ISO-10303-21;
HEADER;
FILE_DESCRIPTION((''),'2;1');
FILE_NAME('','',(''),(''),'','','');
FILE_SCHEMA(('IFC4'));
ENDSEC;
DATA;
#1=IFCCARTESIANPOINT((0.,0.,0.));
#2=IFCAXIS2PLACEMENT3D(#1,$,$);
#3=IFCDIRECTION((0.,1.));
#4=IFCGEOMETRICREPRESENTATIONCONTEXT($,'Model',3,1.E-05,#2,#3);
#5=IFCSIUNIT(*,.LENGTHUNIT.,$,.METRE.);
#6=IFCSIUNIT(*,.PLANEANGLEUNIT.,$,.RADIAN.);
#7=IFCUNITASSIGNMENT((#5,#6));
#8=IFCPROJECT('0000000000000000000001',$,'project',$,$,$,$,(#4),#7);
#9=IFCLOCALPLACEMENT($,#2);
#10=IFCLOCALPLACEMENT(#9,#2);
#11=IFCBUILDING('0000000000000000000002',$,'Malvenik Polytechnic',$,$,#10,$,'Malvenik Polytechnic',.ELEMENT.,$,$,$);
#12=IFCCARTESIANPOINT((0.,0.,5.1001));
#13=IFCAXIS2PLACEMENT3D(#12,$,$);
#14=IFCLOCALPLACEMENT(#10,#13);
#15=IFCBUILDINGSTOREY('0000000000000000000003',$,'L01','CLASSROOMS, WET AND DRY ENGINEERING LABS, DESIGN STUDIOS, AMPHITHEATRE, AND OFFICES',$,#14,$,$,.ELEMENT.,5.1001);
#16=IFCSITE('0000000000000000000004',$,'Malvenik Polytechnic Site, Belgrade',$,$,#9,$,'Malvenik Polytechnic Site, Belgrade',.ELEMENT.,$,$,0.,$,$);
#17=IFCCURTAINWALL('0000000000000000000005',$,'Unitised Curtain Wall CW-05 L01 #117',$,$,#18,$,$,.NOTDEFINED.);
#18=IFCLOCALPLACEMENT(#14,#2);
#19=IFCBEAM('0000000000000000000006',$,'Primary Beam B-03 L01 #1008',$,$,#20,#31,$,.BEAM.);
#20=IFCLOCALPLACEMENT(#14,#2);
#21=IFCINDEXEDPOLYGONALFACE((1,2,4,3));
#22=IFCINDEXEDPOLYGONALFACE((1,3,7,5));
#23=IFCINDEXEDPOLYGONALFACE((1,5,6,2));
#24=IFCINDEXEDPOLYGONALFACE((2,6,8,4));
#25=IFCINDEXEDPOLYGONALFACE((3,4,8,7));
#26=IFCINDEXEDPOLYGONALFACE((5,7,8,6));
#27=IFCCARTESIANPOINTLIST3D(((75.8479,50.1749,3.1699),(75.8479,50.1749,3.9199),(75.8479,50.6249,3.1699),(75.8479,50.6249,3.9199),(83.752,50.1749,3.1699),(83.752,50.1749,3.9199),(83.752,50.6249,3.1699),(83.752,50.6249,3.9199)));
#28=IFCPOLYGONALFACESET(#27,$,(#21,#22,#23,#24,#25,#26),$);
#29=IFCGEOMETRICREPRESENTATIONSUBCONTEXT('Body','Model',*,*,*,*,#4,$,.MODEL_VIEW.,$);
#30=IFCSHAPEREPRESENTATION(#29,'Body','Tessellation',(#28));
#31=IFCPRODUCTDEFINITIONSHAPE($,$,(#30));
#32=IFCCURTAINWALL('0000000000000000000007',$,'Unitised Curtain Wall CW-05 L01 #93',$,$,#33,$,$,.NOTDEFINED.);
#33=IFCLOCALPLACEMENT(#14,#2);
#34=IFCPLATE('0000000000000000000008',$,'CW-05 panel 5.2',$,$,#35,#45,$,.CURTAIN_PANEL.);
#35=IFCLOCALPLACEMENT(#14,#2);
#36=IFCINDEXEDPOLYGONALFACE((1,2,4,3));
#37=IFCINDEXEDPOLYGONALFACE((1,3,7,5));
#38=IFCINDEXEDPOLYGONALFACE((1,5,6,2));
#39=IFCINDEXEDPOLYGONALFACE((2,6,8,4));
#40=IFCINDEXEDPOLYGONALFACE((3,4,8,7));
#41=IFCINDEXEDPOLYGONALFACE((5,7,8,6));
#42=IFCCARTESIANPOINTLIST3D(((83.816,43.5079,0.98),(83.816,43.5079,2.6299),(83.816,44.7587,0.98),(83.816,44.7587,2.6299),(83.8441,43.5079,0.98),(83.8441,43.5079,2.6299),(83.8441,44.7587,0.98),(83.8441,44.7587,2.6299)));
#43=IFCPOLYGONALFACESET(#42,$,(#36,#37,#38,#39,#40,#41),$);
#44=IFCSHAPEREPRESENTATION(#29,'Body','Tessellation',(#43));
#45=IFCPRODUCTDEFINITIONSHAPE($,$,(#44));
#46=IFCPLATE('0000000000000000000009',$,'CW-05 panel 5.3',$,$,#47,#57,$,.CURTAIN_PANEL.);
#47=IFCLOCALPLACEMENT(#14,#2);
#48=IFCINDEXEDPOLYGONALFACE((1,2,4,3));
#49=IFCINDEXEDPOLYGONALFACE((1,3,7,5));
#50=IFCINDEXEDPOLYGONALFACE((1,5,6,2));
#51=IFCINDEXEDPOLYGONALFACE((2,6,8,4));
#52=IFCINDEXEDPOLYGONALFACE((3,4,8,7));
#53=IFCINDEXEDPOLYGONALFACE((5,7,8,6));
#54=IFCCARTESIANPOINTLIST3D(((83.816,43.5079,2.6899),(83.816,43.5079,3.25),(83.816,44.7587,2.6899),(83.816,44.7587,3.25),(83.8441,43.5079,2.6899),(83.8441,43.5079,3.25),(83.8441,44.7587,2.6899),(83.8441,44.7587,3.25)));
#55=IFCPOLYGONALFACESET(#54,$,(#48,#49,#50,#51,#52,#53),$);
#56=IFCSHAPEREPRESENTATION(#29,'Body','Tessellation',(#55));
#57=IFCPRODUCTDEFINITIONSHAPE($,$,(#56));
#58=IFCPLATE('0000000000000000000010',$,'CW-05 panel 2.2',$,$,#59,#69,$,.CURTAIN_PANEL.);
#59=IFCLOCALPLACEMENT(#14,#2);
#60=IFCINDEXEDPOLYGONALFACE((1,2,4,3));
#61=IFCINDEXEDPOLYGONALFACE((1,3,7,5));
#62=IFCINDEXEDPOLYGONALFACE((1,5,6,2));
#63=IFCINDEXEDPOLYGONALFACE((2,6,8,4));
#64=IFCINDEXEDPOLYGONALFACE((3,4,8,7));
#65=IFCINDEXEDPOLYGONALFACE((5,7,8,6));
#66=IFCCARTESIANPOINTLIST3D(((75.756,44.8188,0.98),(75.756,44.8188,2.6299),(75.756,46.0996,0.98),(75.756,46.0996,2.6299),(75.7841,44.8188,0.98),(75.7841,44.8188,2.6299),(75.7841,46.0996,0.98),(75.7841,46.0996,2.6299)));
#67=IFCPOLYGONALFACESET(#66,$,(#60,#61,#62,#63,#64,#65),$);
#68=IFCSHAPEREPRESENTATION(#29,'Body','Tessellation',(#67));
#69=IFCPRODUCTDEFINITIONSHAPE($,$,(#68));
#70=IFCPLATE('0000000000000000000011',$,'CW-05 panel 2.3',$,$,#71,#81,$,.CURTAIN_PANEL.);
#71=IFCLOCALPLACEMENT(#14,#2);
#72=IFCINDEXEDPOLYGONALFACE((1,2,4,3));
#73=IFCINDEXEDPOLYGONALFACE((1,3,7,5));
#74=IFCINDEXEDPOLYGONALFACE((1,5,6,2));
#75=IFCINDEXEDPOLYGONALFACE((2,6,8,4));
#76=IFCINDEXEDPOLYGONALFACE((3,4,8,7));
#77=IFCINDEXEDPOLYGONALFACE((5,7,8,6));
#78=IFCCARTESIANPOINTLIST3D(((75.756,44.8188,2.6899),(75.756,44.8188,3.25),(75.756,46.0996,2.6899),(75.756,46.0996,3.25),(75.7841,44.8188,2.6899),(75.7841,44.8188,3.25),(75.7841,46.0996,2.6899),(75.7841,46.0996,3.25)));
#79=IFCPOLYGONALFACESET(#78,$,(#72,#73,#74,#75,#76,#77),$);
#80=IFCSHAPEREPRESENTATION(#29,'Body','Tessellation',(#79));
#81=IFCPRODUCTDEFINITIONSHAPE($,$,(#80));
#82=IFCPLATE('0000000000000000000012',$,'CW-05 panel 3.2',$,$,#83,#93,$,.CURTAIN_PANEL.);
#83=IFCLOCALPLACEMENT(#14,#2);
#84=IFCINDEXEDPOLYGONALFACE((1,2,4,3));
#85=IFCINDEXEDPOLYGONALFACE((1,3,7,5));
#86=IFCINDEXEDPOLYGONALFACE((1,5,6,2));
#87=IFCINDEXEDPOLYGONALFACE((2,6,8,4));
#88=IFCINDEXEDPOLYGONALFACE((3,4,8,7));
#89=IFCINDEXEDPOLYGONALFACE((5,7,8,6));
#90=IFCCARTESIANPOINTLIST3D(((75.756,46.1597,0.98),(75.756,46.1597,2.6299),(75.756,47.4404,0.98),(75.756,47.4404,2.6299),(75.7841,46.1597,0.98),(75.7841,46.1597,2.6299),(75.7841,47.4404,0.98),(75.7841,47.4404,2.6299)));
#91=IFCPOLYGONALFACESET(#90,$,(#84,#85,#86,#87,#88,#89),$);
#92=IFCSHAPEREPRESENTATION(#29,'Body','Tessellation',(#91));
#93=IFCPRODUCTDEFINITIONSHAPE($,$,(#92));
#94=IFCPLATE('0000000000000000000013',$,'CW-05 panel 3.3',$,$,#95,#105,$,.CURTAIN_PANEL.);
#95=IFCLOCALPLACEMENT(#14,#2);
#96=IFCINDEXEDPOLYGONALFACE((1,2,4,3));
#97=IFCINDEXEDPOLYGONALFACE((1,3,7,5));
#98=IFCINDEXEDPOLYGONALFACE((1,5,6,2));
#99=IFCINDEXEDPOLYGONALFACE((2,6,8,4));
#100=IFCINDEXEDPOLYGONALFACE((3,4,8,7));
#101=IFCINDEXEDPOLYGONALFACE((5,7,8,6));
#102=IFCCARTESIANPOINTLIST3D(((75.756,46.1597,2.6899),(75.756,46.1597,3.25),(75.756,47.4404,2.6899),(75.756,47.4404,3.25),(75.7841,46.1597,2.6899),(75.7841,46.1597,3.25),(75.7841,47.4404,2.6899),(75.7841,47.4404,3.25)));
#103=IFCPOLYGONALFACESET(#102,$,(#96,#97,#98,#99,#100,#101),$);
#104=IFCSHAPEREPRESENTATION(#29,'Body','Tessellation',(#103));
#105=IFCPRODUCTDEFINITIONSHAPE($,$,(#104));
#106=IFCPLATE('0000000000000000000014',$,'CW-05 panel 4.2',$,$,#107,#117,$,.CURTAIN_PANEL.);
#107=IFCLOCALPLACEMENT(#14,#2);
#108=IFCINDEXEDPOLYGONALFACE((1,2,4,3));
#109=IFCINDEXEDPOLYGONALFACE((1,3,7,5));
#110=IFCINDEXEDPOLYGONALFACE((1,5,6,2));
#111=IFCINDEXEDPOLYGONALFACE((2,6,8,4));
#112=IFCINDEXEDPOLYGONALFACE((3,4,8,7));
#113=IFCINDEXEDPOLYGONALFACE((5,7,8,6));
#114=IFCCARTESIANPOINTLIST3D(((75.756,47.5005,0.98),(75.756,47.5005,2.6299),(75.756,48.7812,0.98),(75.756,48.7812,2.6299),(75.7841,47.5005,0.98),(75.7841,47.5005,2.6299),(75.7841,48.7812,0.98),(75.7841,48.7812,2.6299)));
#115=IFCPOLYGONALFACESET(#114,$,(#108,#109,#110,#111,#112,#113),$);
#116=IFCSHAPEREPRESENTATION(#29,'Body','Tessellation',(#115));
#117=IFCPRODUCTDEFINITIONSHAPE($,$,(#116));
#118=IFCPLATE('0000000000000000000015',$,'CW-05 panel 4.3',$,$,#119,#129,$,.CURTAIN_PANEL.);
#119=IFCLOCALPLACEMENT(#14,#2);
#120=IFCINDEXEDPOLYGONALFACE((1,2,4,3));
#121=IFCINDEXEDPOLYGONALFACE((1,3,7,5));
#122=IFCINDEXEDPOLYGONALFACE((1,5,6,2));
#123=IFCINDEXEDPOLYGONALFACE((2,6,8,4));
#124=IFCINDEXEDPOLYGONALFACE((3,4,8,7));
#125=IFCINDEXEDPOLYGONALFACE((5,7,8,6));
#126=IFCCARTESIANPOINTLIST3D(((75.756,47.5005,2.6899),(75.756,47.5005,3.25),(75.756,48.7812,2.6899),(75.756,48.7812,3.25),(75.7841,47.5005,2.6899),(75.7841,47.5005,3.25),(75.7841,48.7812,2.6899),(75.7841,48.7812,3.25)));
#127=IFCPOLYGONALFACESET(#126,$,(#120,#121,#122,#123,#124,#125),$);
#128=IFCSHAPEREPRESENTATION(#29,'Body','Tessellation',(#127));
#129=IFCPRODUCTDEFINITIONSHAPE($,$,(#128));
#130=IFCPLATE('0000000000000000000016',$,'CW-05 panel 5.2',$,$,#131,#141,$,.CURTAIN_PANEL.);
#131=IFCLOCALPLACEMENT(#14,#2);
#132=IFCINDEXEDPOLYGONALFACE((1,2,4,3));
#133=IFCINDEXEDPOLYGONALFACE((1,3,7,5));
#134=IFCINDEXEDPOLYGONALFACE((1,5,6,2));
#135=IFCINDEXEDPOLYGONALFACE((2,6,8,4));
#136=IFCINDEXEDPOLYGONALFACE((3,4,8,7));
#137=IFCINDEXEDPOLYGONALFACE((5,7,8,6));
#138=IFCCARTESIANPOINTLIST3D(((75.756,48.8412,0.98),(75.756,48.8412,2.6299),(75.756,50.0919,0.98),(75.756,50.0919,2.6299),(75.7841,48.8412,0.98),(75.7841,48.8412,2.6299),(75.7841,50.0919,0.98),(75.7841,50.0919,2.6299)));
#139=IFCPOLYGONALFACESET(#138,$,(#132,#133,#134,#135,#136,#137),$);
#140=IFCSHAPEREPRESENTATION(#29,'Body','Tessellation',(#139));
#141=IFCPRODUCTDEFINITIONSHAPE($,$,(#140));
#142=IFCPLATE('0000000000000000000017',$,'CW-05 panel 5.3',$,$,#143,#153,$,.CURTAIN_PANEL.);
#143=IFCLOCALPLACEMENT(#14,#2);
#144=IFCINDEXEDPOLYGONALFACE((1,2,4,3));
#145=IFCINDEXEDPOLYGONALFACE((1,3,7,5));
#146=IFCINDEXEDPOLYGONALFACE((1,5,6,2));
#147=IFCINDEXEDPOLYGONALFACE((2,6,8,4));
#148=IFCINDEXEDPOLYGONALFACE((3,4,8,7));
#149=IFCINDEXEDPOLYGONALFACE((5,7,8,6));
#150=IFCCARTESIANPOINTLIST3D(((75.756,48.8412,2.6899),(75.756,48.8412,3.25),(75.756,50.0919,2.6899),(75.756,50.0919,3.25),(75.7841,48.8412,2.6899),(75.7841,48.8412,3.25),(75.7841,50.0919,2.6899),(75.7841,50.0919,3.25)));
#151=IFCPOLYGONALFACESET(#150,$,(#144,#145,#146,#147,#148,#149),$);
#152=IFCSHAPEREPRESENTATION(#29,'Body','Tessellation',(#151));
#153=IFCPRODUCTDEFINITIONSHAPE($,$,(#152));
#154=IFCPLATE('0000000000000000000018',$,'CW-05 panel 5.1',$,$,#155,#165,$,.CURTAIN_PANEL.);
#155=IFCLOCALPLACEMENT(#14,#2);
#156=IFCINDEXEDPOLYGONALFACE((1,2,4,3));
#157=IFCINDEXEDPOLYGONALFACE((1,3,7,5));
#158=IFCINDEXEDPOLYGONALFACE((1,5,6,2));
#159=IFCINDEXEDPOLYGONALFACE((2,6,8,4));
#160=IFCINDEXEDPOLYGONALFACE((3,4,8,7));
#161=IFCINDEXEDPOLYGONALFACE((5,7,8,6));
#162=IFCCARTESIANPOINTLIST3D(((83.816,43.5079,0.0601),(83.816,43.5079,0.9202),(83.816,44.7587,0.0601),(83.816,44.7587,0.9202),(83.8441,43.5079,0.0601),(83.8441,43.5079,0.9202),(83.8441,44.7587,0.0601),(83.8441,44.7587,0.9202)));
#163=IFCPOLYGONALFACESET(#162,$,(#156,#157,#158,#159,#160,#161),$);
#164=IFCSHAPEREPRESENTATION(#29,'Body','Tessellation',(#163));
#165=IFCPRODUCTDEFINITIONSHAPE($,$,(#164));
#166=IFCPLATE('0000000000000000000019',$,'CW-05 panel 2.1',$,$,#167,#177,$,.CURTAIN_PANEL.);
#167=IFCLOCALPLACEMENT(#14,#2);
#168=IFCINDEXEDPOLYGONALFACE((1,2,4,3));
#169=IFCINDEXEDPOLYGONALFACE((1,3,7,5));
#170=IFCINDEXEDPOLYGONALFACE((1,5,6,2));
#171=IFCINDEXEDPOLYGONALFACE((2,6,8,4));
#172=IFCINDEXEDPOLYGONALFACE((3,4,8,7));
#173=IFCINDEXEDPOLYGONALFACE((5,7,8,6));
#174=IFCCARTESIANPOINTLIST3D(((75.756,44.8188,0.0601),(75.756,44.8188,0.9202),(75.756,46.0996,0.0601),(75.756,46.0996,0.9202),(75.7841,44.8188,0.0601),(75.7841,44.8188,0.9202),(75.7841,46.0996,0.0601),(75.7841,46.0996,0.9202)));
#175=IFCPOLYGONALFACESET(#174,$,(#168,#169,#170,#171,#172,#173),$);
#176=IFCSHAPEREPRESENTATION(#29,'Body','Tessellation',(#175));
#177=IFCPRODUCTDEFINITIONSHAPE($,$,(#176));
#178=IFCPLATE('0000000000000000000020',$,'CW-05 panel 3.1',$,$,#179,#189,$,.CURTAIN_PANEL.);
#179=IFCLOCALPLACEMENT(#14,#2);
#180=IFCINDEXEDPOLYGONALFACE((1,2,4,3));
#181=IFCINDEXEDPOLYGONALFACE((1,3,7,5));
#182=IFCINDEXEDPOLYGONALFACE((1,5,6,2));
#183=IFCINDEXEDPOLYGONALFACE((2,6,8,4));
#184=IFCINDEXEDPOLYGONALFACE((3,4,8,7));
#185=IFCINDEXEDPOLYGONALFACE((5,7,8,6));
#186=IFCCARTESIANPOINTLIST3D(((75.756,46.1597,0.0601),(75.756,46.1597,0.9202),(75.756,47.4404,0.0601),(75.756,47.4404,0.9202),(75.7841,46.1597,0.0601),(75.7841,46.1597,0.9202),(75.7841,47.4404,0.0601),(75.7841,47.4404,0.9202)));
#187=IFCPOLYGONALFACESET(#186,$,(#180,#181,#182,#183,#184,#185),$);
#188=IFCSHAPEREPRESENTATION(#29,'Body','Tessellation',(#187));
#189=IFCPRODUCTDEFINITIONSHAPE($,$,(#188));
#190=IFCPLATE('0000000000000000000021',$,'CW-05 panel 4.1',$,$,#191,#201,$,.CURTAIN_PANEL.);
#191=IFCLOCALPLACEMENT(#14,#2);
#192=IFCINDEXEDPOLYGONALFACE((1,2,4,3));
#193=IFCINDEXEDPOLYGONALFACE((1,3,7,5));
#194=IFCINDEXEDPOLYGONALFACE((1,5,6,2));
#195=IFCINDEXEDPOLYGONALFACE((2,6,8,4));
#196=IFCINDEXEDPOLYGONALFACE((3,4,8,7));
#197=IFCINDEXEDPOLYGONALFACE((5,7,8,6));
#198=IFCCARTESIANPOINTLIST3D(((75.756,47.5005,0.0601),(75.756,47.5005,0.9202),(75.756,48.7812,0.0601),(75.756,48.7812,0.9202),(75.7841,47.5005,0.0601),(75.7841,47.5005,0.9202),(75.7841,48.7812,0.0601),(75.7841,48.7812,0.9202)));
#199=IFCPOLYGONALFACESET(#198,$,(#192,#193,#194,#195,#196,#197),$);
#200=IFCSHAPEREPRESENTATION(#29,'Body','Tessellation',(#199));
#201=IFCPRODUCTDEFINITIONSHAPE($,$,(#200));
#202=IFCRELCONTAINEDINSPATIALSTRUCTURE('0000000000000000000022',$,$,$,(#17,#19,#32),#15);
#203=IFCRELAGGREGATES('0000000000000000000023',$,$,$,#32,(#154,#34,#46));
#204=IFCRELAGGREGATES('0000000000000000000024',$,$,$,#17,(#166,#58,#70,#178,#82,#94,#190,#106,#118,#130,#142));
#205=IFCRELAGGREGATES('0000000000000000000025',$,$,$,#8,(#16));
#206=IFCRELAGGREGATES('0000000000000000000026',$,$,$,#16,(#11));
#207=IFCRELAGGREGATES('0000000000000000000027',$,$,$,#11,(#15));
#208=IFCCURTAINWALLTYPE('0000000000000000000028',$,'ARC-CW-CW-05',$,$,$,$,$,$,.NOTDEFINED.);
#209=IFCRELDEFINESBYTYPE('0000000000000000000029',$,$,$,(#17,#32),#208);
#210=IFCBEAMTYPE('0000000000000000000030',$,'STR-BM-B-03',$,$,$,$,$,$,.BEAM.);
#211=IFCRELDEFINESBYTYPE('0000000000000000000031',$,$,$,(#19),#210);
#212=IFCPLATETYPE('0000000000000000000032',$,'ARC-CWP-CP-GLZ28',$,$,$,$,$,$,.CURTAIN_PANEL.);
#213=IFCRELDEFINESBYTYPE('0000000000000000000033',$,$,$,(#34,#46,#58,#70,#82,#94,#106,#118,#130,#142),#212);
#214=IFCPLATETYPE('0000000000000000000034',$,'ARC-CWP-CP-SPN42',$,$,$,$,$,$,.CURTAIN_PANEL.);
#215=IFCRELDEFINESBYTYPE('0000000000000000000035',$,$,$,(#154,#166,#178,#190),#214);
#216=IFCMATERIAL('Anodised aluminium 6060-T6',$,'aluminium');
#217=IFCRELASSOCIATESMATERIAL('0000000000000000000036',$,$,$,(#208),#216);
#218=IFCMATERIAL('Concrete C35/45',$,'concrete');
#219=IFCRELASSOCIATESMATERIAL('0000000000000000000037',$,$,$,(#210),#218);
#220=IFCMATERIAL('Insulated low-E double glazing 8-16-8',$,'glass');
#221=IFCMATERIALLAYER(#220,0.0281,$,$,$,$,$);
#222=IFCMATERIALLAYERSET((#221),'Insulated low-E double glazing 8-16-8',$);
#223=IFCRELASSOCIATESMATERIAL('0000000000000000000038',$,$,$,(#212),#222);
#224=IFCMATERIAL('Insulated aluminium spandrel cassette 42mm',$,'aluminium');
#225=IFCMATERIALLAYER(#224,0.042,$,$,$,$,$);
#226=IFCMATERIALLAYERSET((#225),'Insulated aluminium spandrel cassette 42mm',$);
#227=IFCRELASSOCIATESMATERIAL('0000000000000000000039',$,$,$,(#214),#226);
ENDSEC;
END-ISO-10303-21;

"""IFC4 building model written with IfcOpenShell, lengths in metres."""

from ifc_helpers import new_model, si_unit, direction, frame, origin, origin_2d, place, context, subcontext, project, spatial, rectangle, extrude, material, layer, layer_set, material_profile, profile_set, type_object, element, aggregate, save


model = new_model("IFC4")

# Units and contexts
model_context = context("Model", 3, precision=1e-05, world=origin(), true_north=direction((0.0, 1.0)))
body_context = subcontext(model_context, "Body", "Model", "MODEL_VIEW")
ifc_project = project(units=[si_unit("LENGTHUNIT", "METRE"), si_unit("PLANEANGLEUNIT", "RADIAN")], contexts=[model_context])

# Site, building, storey
site_placement = place(None, origin())
site = spatial("IfcSite", under=ifc_project, at=site_placement, Name="Malvenik Polytechnic Site, Belgrade", LongName="Malvenik Polytechnic Site, Belgrade", CompositionType="ELEMENT", RefElevation=0.0)
building_placement = place(site_placement, origin())
building = spatial("IfcBuilding", under=site, at=building_placement, Name="Malvenik Polytechnic", LongName="Malvenik Polytechnic", CompositionType="ELEMENT")
storey_placement = place(building_placement, frame((0.0, 0.0, 5.1001)))
storey = spatial("IfcBuildingStorey", under=building, at=storey_placement, Name="L01", Description="CLASSROOMS, WET AND DRY ENGINEERING LABS, DESIGN STUDIOS, AMPHITHEATRE, AND OFFICES", CompositionType="ELEMENT", Elevation=5.1001)

# Shared definitions
ifc_material_1 = material(Name="Concrete C35/45", Category="concrete")

# Curtain wall
ifc_material_2 = material(Name="Anodised aluminium 6060-T6", Category="aluminium")
curtain_wall_type = type_object("IfcCurtainWallType", Name="ARC-CW-CW-05", PredefinedType="NOTDEFINED", material=ifc_material_2)
curtain_wall_1_placement = place(storey_placement, origin())
curtain_wall_1 = element("IfcCurtainWall", 1, at=curtain_wall_1_placement, inside=storey, type_object=curtain_wall_type, Name="Unitised Curtain Wall CW-05 L01 #117", PredefinedType="NOTDEFINED")

# Beam
ifc_material_profile_1 = material_profile(ifc_material_1, rectangle(XDim=0.45, YDim=0.75, at=origin_2d()), Name="RC BM 450x750")
ifc_profile_set_1 = profile_set([ifc_material_profile_1], Name="Concrete C35/45")
beam_type = type_object("IfcBeamType", Name="STR-BM-B-03", PredefinedType="BEAM", material=ifc_profile_set_1)
beam_placement = place(storey_placement, frame((75.8479, 50.3999, 3.5449), z_axis=(1.0, 0.0, 0.0), x_axis=(0.0, 1.0, 0.0)))
element("IfcBeam", 2, at=beam_placement, inside=storey, type_object=beam_type, Name="Primary Beam B-03 L01 #1008", PredefinedType="BEAM", context=body_context, shape_type="SweptSolid", body=[
    extrude(rectangle(XDim=0.45, YDim=0.75, at=origin_2d()), origin(), (0.0, 0.0, 1.0), 7.9041),
])

# Curtain wall, plates
curtain_wall_2_placement = place(storey_placement, origin())
curtain_wall_2 = element("IfcCurtainWall", 3, at=curtain_wall_2_placement, inside=storey, type_object=curtain_wall_type, Name="Unitised Curtain Wall CW-05 L01 #93", PredefinedType="NOTDEFINED")
ifc_material_3 = material(Name="Insulated low-E double glazing 8-16-8", Category="glass")
ifc_layer_1 = layer(ifc_material_3, 0.0281)
ifc_layer_set_1 = layer_set([ifc_layer_1], Name="Insulated low-E double glazing 8-16-8")
plate_type_1 = type_object("IfcPlateType", Name="ARC-CWP-CP-GLZ28", PredefinedType="CURTAIN_PANEL", material=ifc_layer_set_1)
plate_1_placement = place(storey_placement, frame((83.8301, 44.1333, 0.98), z_axis=(0.0, 0.0, 1.0), x_axis=(0.0, -1.0, 0.0)))
plate_1 = element("IfcPlate", 4, at=plate_1_placement, type_object=plate_type_1, Name="CW-05 panel 5.2", PredefinedType="CURTAIN_PANEL", context=body_context, shape_type="SweptSolid", body=[
    extrude(rectangle(XDim=1.2507, YDim=0.0281, at=origin_2d()), origin(), (0.0, 0.0, 1.0), 1.6499),
])
plate_2_placement = place(storey_placement, frame((83.8301, 44.1333, 2.6899), z_axis=(0.0, 0.0, 1.0), x_axis=(0.0, -1.0, 0.0)))
plate_2 = element("IfcPlate", 5, at=plate_2_placement, type_object=plate_type_1, Name="CW-05 panel 5.3", PredefinedType="CURTAIN_PANEL", context=body_context, shape_type="SweptSolid", body=[
    extrude(rectangle(XDim=1.2507, YDim=0.0281, at=origin_2d()), origin(), (0.0, 0.0, 1.0), 0.5601),
])

# Plates
plate_3_placement = place(storey_placement, frame((75.77, 45.4592, 0.98), z_axis=(0.0, 0.0, 1.0), x_axis=(0.0, 1.0, 0.0)))
plate_3 = element("IfcPlate", 6, at=plate_3_placement, type_object=plate_type_1, Name="CW-05 panel 2.2", PredefinedType="CURTAIN_PANEL", context=body_context, shape_type="SweptSolid", body=[
    extrude(rectangle(XDim=1.2808, YDim=0.0281, at=origin_2d()), origin(), (0.0, 0.0, 1.0), 1.6499),
])
plate_4_placement = place(storey_placement, frame((75.77, 45.4592, 2.6899), z_axis=(0.0, 0.0, 1.0), x_axis=(0.0, 1.0, 0.0)))
plate_4 = element("IfcPlate", 7, at=plate_4_placement, type_object=plate_type_1, Name="CW-05 panel 2.3", PredefinedType="CURTAIN_PANEL", context=body_context, shape_type="SweptSolid", body=[
    extrude(rectangle(XDim=1.2808, YDim=0.0281, at=origin_2d()), origin(), (0.0, 0.0, 1.0), 0.5601),
])
plate_5_placement = place(storey_placement, frame((75.77, 46.8, 0.98), z_axis=(0.0, 0.0, 1.0), x_axis=(0.0, 1.0, 0.0)))
plate_5 = element("IfcPlate", 8, at=plate_5_placement, type_object=plate_type_1, Name="CW-05 panel 3.2", PredefinedType="CURTAIN_PANEL", context=body_context, shape_type="SweptSolid", body=[
    extrude(rectangle(XDim=1.2808, YDim=0.0281, at=origin_2d()), origin(), (0.0, 0.0, 1.0), 1.6499),
])
plate_6_placement = place(storey_placement, frame((75.77, 46.8, 2.6899), z_axis=(0.0, 0.0, 1.0), x_axis=(0.0, 1.0, 0.0)))
plate_6 = element("IfcPlate", 9, at=plate_6_placement, type_object=plate_type_1, Name="CW-05 panel 3.3", PredefinedType="CURTAIN_PANEL", context=body_context, shape_type="SweptSolid", body=[
    extrude(rectangle(XDim=1.2808, YDim=0.0281, at=origin_2d()), origin(), (0.0, 0.0, 1.0), 0.5601),
])
plate_7_placement = place(storey_placement, frame((75.77, 48.1409, 0.98), z_axis=(0.0, 0.0, 1.0), x_axis=(0.0, 1.0, 0.0)))
plate_7 = element("IfcPlate", 10, at=plate_7_placement, type_object=plate_type_1, Name="CW-05 panel 4.2", PredefinedType="CURTAIN_PANEL", context=body_context, shape_type="SweptSolid", body=[
    extrude(rectangle(XDim=1.2808, YDim=0.0281, at=origin_2d()), origin(), (0.0, 0.0, 1.0), 1.6499),
])
plate_8_placement = place(storey_placement, frame((75.77, 48.1409, 2.6899), z_axis=(0.0, 0.0, 1.0), x_axis=(0.0, 1.0, 0.0)))
plate_8 = element("IfcPlate", 11, at=plate_8_placement, type_object=plate_type_1, Name="CW-05 panel 4.3", PredefinedType="CURTAIN_PANEL", context=body_context, shape_type="SweptSolid", body=[
    extrude(rectangle(XDim=1.2808, YDim=0.0281, at=origin_2d()), origin(), (0.0, 0.0, 1.0), 0.5601),
])
plate_9_placement = place(storey_placement, frame((75.77, 49.4666, 0.98), z_axis=(0.0, 0.0, 1.0), x_axis=(0.0, 1.0, 0.0)))
plate_9 = element("IfcPlate", 12, at=plate_9_placement, type_object=plate_type_1, Name="CW-05 panel 5.2", PredefinedType="CURTAIN_PANEL", context=body_context, shape_type="SweptSolid", body=[
    extrude(rectangle(XDim=1.2507, YDim=0.0281, at=origin_2d()), origin(), (0.0, 0.0, 1.0), 1.6499),
])
plate_10_placement = place(storey_placement, frame((75.77, 49.4666, 2.6899), z_axis=(0.0, 0.0, 1.0), x_axis=(0.0, 1.0, 0.0)))
plate_10 = element("IfcPlate", 13, at=plate_10_placement, type_object=plate_type_1, Name="CW-05 panel 5.3", PredefinedType="CURTAIN_PANEL", context=body_context, shape_type="SweptSolid", body=[
    extrude(rectangle(XDim=1.2507, YDim=0.0281, at=origin_2d()), origin(), (0.0, 0.0, 1.0), 0.5601),
])
ifc_material_4 = material(Name="Insulated aluminium spandrel cassette 42mm", Category="aluminium")
ifc_layer_2 = layer(ifc_material_4, 0.042)
ifc_layer_set_2 = layer_set([ifc_layer_2], Name="Insulated aluminium spandrel cassette 42mm")
plate_type_2 = type_object("IfcPlateType", Name="ARC-CWP-CP-SPN42", PredefinedType="CURTAIN_PANEL", material=ifc_layer_set_2)
plate_11_placement = place(storey_placement, frame((83.8301, 44.1333, 0.0601), z_axis=(0.0, 0.0, 1.0), x_axis=(0.0, -1.0, 0.0)))
plate_11 = element("IfcPlate", 14, at=plate_11_placement, type_object=plate_type_2, Name="CW-05 panel 5.1", PredefinedType="CURTAIN_PANEL", context=body_context, shape_type="SweptSolid", body=[
    extrude(rectangle(XDim=1.2507, YDim=0.0281, at=origin_2d()), origin(), (0.0, 0.0, 1.0), 0.8601),
])
aggregate(curtain_wall_2, [plate_11, plate_1, plate_2])
plate_12_placement = place(storey_placement, frame((75.77, 45.4592, 0.0601), z_axis=(0.0, 0.0, 1.0), x_axis=(0.0, 1.0, 0.0)))
plate_12 = element("IfcPlate", 15, at=plate_12_placement, type_object=plate_type_2, Name="CW-05 panel 2.1", PredefinedType="CURTAIN_PANEL", context=body_context, shape_type="SweptSolid", body=[
    extrude(rectangle(XDim=1.2808, YDim=0.0281, at=origin_2d()), origin(), (0.0, 0.0, 1.0), 0.8601),
])
plate_13_placement = place(storey_placement, frame((75.77, 46.8, 0.0601), z_axis=(0.0, 0.0, 1.0), x_axis=(0.0, 1.0, 0.0)))
plate_13 = element("IfcPlate", 16, at=plate_13_placement, type_object=plate_type_2, Name="CW-05 panel 3.1", PredefinedType="CURTAIN_PANEL", context=body_context, shape_type="SweptSolid", body=[
    extrude(rectangle(XDim=1.2808, YDim=0.0281, at=origin_2d()), origin(), (0.0, 0.0, 1.0), 0.8601),
])
plate_14_placement = place(storey_placement, frame((75.77, 48.1409, 0.0601), z_axis=(0.0, 0.0, 1.0), x_axis=(0.0, 1.0, 0.0)))
plate_14 = element("IfcPlate", 17, at=plate_14_placement, type_object=plate_type_2, Name="CW-05 panel 4.1", PredefinedType="CURTAIN_PANEL", context=body_context, shape_type="SweptSolid", body=[
    extrude(rectangle(XDim=1.2808, YDim=0.0281, at=origin_2d()), origin(), (0.0, 0.0, 1.0), 0.8601),
])
aggregate(curtain_wall_1, [plate_12, plate_3, plate_4, plate_13, plate_5, plate_6, plate_14, plate_7, plate_8, plate_9, plate_10])

save(model, "model.ifc")
